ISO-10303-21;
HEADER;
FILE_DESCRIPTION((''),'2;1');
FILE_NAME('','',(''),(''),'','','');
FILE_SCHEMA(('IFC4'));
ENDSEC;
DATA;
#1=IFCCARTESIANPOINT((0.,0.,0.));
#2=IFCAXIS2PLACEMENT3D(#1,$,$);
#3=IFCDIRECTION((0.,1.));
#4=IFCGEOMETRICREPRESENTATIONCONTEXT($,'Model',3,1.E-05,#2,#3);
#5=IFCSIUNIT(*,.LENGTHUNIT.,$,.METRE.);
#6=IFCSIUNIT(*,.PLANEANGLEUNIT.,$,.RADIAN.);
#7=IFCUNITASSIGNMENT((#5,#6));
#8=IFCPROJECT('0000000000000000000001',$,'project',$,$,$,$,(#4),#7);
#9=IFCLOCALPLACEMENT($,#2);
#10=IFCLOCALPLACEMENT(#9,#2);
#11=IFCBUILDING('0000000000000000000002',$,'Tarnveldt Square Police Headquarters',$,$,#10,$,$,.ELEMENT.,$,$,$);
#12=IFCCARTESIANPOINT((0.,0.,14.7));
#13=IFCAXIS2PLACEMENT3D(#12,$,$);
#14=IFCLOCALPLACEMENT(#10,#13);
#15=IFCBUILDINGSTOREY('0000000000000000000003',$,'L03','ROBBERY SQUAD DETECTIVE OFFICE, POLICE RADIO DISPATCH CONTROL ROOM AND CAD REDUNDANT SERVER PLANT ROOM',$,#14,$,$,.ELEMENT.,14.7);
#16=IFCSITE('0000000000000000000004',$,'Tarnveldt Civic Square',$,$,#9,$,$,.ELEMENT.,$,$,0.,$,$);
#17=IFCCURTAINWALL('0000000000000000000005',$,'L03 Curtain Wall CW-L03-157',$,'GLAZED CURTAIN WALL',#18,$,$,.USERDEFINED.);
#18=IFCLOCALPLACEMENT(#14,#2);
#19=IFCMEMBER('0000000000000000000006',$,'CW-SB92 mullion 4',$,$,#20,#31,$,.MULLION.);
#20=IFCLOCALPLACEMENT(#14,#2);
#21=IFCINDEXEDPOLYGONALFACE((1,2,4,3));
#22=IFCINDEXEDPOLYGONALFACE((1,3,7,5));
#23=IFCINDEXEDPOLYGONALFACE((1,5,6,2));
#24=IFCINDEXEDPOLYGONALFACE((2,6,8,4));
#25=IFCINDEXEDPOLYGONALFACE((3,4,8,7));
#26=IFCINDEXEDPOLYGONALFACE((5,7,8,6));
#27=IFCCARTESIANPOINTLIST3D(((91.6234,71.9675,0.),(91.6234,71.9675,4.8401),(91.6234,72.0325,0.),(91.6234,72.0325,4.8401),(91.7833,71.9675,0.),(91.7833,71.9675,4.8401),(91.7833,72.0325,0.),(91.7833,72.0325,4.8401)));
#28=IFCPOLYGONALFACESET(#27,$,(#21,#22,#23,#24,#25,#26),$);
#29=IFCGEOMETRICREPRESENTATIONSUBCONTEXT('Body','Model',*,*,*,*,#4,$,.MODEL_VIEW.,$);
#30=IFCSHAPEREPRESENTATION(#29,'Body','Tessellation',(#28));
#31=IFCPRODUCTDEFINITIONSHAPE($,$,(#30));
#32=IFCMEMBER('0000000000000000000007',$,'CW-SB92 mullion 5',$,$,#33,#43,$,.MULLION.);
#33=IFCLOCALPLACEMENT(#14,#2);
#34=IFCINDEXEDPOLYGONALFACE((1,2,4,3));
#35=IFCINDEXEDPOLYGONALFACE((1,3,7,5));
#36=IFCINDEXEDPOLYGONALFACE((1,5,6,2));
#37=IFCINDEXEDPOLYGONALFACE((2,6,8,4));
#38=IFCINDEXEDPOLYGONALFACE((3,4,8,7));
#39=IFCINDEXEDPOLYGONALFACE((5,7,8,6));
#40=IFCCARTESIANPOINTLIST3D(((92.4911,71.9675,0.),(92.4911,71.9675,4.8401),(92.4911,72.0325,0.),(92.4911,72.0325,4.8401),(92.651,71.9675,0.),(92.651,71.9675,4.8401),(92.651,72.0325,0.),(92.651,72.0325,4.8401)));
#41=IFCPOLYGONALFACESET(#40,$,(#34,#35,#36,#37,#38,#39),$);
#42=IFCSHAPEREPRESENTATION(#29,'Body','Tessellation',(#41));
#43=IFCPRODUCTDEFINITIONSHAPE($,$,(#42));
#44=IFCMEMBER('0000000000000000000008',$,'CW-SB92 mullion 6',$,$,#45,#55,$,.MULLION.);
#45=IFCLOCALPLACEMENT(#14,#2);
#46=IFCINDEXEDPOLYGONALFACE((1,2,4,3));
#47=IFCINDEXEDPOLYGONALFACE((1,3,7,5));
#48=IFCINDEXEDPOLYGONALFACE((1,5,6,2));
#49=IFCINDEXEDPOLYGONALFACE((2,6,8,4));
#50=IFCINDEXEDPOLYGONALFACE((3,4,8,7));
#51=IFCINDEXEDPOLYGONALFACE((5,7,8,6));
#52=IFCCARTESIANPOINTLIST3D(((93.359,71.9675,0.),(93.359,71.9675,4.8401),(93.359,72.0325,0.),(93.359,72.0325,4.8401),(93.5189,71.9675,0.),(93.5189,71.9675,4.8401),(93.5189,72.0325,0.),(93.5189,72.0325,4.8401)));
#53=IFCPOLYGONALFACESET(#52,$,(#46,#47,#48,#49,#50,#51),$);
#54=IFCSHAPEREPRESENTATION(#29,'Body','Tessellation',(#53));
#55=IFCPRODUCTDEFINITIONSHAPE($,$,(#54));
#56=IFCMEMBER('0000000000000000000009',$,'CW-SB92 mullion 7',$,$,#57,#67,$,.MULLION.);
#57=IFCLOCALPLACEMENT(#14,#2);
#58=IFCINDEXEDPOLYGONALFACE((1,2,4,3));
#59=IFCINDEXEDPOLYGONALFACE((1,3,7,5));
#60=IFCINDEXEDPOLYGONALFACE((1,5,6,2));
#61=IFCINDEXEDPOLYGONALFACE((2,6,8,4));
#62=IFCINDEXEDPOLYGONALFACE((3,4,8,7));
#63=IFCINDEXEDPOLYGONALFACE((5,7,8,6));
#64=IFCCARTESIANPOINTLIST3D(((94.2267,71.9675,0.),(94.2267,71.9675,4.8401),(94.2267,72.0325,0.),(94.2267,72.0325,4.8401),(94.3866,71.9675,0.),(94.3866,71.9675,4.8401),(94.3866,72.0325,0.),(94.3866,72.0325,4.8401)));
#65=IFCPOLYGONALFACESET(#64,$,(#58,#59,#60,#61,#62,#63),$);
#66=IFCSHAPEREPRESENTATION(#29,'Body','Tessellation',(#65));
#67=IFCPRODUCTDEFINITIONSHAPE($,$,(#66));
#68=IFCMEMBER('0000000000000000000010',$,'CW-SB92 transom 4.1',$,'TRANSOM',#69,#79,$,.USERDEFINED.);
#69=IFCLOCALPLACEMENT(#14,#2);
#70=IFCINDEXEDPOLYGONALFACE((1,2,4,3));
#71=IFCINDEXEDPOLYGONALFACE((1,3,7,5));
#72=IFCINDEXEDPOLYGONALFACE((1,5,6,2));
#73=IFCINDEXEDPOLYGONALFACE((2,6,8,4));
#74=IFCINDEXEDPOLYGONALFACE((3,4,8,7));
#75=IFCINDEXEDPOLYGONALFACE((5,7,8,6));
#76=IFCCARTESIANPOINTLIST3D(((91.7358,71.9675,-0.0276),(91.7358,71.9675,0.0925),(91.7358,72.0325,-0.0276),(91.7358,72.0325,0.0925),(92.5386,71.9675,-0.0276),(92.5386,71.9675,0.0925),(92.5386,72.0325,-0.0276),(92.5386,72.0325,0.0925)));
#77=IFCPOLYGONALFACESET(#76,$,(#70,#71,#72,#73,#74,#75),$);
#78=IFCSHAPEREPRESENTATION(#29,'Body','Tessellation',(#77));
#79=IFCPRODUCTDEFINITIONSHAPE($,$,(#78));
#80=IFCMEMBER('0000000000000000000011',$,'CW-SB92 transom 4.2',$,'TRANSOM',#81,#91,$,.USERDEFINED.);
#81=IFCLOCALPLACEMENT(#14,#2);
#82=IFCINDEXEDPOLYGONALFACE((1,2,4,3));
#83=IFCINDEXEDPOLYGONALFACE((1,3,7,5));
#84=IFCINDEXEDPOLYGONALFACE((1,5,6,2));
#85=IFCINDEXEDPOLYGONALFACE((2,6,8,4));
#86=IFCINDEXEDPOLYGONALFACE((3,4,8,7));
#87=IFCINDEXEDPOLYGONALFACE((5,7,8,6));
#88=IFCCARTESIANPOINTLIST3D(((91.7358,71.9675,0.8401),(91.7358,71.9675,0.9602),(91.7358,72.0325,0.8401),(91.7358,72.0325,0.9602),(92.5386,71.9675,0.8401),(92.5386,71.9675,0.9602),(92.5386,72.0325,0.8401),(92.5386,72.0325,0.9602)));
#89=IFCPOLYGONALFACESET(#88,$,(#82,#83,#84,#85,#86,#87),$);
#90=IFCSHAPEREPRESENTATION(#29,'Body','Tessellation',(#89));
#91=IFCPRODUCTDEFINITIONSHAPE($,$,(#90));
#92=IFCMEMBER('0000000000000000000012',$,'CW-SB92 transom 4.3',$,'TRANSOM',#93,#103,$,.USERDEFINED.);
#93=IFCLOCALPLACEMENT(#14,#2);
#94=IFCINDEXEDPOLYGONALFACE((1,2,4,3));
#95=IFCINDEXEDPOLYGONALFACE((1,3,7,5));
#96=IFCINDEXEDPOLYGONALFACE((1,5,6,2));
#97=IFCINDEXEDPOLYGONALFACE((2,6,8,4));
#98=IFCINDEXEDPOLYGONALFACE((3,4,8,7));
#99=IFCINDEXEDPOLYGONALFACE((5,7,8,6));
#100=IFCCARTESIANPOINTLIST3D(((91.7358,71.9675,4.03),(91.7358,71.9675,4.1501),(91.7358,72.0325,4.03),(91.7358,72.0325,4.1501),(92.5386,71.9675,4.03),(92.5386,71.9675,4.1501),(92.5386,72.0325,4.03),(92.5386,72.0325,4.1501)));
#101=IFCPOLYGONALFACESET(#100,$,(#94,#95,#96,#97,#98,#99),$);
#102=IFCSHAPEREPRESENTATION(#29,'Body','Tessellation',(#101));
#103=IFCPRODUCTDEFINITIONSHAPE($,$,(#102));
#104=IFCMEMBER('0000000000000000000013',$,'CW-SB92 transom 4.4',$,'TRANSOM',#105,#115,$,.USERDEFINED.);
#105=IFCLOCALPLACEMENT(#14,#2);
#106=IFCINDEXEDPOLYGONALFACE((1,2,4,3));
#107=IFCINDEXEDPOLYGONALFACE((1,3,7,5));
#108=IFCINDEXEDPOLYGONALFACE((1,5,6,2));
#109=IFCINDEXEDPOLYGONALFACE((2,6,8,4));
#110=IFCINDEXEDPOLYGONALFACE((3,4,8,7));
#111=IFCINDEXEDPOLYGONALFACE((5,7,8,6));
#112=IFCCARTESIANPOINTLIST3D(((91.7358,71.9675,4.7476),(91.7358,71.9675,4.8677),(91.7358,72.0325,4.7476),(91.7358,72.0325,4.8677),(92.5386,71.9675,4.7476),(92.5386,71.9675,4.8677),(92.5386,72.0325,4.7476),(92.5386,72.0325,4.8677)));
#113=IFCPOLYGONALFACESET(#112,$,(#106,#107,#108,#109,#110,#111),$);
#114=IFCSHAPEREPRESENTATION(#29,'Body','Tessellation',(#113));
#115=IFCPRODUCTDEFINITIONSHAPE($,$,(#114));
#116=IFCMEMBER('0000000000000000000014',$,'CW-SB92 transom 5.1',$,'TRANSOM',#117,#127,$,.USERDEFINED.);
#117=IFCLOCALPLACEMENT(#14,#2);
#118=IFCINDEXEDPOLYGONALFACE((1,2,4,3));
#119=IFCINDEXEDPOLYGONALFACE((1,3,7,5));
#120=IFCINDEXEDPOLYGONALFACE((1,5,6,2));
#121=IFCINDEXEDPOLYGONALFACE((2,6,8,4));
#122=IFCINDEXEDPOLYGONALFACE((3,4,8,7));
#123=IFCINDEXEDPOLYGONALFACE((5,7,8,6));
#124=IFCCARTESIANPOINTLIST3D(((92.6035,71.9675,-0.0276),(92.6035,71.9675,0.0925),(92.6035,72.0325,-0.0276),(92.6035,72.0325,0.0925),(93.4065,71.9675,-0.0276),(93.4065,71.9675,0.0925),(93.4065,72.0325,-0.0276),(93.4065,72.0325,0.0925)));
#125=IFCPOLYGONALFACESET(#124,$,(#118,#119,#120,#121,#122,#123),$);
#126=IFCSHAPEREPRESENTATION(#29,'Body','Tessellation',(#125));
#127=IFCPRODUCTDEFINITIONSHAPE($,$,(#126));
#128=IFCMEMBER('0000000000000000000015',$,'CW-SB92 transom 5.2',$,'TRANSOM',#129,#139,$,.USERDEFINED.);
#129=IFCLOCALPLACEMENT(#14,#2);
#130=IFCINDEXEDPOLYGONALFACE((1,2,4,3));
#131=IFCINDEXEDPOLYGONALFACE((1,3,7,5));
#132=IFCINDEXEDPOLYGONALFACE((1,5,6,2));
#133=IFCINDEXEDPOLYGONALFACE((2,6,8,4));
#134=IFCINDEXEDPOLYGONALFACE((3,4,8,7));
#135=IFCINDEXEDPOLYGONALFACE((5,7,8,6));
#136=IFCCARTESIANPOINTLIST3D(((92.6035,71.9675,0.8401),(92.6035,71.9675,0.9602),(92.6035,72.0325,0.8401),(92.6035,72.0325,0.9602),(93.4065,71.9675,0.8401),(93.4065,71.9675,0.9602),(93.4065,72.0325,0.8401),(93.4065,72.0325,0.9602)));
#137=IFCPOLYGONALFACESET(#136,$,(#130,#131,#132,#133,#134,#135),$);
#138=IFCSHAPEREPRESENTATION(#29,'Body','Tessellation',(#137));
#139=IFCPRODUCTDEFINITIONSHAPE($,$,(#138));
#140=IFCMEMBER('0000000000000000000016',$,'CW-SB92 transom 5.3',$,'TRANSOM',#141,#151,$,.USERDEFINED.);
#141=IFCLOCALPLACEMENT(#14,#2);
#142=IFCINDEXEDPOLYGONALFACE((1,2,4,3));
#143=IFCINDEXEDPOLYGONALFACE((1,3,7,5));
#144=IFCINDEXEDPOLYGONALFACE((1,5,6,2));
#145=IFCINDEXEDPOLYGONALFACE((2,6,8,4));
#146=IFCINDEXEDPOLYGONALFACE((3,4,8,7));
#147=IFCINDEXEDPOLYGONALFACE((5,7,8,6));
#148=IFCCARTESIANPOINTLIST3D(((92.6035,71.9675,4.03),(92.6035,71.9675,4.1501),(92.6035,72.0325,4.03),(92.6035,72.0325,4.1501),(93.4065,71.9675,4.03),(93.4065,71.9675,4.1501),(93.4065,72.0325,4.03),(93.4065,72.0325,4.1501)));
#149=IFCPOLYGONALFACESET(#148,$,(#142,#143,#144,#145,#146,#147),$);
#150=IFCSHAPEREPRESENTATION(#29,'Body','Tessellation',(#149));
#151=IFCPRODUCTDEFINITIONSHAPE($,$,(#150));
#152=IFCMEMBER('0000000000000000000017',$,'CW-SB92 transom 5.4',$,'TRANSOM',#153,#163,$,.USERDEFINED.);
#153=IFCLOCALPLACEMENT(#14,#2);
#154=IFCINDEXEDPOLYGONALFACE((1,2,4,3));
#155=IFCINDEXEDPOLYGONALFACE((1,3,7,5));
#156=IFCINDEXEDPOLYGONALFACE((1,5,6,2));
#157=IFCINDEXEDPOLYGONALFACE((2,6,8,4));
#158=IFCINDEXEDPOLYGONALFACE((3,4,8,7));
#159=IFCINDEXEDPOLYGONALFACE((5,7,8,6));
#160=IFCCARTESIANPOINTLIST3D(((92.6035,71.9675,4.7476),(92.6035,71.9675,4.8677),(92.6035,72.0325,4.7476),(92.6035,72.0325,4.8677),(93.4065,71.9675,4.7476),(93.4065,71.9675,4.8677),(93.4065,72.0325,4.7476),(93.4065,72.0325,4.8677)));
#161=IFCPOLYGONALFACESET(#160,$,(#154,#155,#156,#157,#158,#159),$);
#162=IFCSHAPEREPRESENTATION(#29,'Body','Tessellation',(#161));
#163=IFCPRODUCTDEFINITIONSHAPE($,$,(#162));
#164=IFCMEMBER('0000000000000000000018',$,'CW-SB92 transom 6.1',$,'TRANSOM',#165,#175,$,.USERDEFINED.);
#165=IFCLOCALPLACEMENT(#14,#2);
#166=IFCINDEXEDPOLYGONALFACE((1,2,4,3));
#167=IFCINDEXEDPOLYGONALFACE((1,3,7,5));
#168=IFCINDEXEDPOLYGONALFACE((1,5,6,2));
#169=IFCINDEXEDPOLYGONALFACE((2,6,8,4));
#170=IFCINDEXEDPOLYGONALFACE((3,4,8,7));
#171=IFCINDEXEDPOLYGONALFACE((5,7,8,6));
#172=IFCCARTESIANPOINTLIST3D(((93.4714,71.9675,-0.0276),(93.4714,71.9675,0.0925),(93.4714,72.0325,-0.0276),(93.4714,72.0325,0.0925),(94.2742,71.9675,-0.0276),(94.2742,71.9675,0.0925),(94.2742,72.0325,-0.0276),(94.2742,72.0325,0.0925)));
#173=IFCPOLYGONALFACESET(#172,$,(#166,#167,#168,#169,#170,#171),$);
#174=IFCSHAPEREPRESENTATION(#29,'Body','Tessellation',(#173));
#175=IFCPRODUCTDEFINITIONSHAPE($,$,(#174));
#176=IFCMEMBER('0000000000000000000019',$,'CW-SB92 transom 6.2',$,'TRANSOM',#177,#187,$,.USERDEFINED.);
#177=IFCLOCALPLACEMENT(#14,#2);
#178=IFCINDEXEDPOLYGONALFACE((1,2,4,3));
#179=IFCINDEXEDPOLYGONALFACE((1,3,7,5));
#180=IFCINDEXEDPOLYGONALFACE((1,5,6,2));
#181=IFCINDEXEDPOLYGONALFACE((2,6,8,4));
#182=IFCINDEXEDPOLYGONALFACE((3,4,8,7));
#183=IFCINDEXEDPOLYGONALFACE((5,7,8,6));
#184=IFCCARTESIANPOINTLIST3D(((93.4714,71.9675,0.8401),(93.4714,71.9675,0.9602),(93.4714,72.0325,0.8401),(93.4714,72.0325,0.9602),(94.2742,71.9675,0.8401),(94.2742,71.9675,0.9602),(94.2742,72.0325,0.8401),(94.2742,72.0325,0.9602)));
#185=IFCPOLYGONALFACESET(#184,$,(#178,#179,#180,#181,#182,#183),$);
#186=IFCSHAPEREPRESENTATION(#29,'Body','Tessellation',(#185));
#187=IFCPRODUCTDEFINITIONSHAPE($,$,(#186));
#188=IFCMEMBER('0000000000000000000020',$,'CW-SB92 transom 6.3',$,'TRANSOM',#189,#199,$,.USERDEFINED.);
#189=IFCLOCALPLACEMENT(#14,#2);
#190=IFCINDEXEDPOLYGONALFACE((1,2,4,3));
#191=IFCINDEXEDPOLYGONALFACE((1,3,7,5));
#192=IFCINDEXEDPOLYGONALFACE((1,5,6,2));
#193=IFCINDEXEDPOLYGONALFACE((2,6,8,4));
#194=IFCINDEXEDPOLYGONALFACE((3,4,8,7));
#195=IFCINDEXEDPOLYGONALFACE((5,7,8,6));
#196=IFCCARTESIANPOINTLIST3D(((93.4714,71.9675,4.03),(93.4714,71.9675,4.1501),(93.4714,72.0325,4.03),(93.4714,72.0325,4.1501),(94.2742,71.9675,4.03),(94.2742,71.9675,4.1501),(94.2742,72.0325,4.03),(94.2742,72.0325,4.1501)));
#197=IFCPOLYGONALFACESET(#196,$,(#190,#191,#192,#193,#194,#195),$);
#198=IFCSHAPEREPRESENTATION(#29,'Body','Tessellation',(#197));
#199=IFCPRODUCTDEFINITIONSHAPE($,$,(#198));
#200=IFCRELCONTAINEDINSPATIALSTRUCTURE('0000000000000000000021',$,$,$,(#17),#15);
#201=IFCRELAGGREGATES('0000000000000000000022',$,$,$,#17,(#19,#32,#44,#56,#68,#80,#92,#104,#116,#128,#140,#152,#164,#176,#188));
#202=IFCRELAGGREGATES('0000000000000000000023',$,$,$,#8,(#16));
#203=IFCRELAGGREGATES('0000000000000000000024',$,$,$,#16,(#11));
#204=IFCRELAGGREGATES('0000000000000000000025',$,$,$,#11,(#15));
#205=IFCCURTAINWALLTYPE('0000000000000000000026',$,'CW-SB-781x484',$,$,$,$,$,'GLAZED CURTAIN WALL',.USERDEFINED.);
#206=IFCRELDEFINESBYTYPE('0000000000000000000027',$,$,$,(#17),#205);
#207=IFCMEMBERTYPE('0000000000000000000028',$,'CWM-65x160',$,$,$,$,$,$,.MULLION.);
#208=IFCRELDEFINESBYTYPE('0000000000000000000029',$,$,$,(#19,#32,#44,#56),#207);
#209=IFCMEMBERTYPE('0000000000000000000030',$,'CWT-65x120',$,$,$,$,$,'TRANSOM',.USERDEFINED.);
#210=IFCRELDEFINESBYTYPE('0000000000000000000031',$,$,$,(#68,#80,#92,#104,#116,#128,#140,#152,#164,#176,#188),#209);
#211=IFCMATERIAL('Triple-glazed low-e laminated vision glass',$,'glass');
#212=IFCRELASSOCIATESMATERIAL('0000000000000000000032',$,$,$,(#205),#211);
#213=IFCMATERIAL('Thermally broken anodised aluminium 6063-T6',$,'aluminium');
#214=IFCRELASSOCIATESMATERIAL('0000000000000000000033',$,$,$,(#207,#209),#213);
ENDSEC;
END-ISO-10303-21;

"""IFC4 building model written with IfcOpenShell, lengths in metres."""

from ifc_helpers import new_model, si_unit, direction, frame, origin, origin_2d, place, context, subcontext, project, spatial, rectangle, extrude, material, material_profile, profile_set, type_object, element, aggregate, save


model = new_model("IFC4")

# Units and contexts
model_context = context("Model", 3, precision=1e-05, world=origin(), true_north=direction((0.0, 1.0)))
body_context = subcontext(model_context, "Body", "Model", "MODEL_VIEW")
ifc_project = project(units=[si_unit("LENGTHUNIT", "METRE"), si_unit("PLANEANGLEUNIT", "RADIAN")], contexts=[model_context])

# Site, building, storey
site_placement = place(None, origin())
site = spatial("IfcSite", under=ifc_project, at=site_placement, Name="Tarnveldt Civic Square", CompositionType="ELEMENT", RefElevation=0.0)
building_placement = place(site_placement, origin())
building = spatial("IfcBuilding", under=site, at=building_placement, Name="Tarnveldt Square Police Headquarters", CompositionType="ELEMENT")
storey_placement = place(building_placement, frame((0.0, 0.0, 14.7)))
storey = spatial("IfcBuildingStorey", under=building, at=storey_placement, Name="L03", Description="ROBBERY SQUAD DETECTIVE OFFICE, POLICE RADIO DISPATCH CONTROL ROOM AND CAD REDUNDANT SERVER PLANT ROOM", CompositionType="ELEMENT", Elevation=14.7)

# Curtain wall, members
ifc_material_1 = material(Name="Triple-glazed low-e laminated vision glass", Category="glass")
curtain_wall_type = type_object("IfcCurtainWallType", Name="CW-SB-781x484", ElementType="GLAZED CURTAIN WALL", PredefinedType="USERDEFINED", material=ifc_material_1)
curtain_wall_placement = place(storey_placement, origin())
curtain_wall = element("IfcCurtainWall", 1, at=curtain_wall_placement, inside=storey, type_object=curtain_wall_type, Name="L03 Curtain Wall CW-L03-157", ObjectType="GLAZED CURTAIN WALL", PredefinedType="USERDEFINED")
ifc_material_2 = material(Name="Thermally broken anodised aluminium 6063-T6", Category="aluminium")
ifc_material_profile_1 = material_profile(ifc_material_2, rectangle(XDim=0.0649, YDim=0.1599, at=origin_2d()), Name="CW-M65x160")
ifc_profile_set_1 = profile_set([ifc_material_profile_1], Name="Thermally broken anodised aluminium 6063-T6")
member_type_1 = type_object("IfcMemberType", Name="CWM-65x160", PredefinedType="MULLION", material=ifc_profile_set_1)
member_1_placement = place(storey_placement, frame((91.7034, 72.0, 0.0), z_axis=(0.0, 0.0, 1.0), x_axis=(0.0, 1.0, 0.0)))
member_1 = element("IfcMember", 2, at=member_1_placement, type_object=member_type_1, Name="CW-SB92 mullion 4", PredefinedType="MULLION", context=body_context, shape_type="SweptSolid", body=[
    extrude(rectangle(XDim=0.0649, YDim=0.1599, at=origin_2d()), origin(), (0.0, 0.0, 1.0), 4.8401),
])
member_2_placement = place(storey_placement, frame((92.571, 72.0, 0.0), z_axis=(0.0, 0.0, 1.0), x_axis=(0.0, 1.0, 0.0)))
member_2 = element("IfcMember", 3, at=member_2_placement, type_object=member_type_1, Name="CW-SB92 mullion 5", PredefinedType="MULLION", context=body_context, shape_type="SweptSolid", body=[
    extrude(rectangle(XDim=0.0649, YDim=0.1599, at=origin_2d()), origin(), (0.0, 0.0, 1.0), 4.8401),
])
member_3_placement = place(storey_placement, frame((93.439, 72.0, 0.0), z_axis=(0.0, 0.0, 1.0), x_axis=(0.0, 1.0, 0.0)))
member_3 = element("IfcMember", 4, at=member_3_placement, type_object=member_type_1, Name="CW-SB92 mullion 6", PredefinedType="MULLION", context=body_context, shape_type="SweptSolid", body=[
    extrude(rectangle(XDim=0.0649, YDim=0.1599, at=origin_2d()), origin(), (0.0, 0.0, 1.0), 4.8401),
])
member_4_placement = place(storey_placement, frame((94.3066, 72.0, 0.0), z_axis=(0.0, 0.0, 1.0), x_axis=(0.0, 1.0, 0.0)))
member_4 = element("IfcMember", 5, at=member_4_placement, type_object=member_type_1, Name="CW-SB92 mullion 7", PredefinedType="MULLION", context=body_context, shape_type="SweptSolid", body=[
    extrude(rectangle(XDim=0.0649, YDim=0.1599, at=origin_2d()), origin(), (0.0, 0.0, 1.0), 4.8401),
])
ifc_material_profile_2 = material_profile(ifc_material_2, rectangle(XDim=0.0649, YDim=0.1201, at=origin_2d()), Name="CW-T65x120")
ifc_profile_set_2 = profile_set([ifc_material_profile_2], Name="Thermally broken anodised aluminium 6063-T6")
member_type_2 = type_object("IfcMemberType", Name="CWT-65x120", ElementType="TRANSOM", PredefinedType="USERDEFINED", material=ifc_profile_set_2)
member_5_placement = place(storey_placement, frame((91.7358, 72.0, 0.0325), z_axis=(1.0, 0.0, 0.0), x_axis=(0.0, 1.0, 0.0)))
member_5 = element("IfcMember", 6, at=member_5_placement, type_object=member_type_2, Name="CW-SB92 transom 4.1", ObjectType="TRANSOM", PredefinedType="USERDEFINED", context=body_context, shape_type="SweptSolid", body=[
    extrude(rectangle(XDim=0.0649, YDim=0.1201, at=origin_2d()), origin(), (0.0, 0.0, 1.0), 0.8027),
])
member_6_placement = place(storey_placement, frame((91.7358, 72.0, 0.9001), z_axis=(1.0, 0.0, 0.0), x_axis=(0.0, 1.0, 0.0)))
member_6 = element("IfcMember", 7, at=member_6_placement, type_object=member_type_2, Name="CW-SB92 transom 4.2", ObjectType="TRANSOM", PredefinedType="USERDEFINED", context=body_context, shape_type="SweptSolid", body=[
    extrude(rectangle(XDim=0.0649, YDim=0.1201, at=origin_2d()), origin(), (0.0, 0.0, 1.0), 0.8027),
])
member_7_placement = place(storey_placement, frame((91.7358, 72.0, 4.0901), z_axis=(1.0, 0.0, 0.0), x_axis=(0.0, 1.0, 0.0)))
member_7 = element("IfcMember", 8, at=member_7_placement, type_object=member_type_2, Name="CW-SB92 transom 4.3", ObjectType="TRANSOM", PredefinedType="USERDEFINED", context=body_context, shape_type="SweptSolid", body=[
    extrude(rectangle(XDim=0.0649, YDim=0.1201, at=origin_2d()), origin(), (0.0, 0.0, 1.0), 0.8027),
])
member_8_placement = place(storey_placement, frame((91.7358, 72.0, 4.8076), z_axis=(1.0, 0.0, 0.0), x_axis=(0.0, 1.0, 0.0)))
member_8 = element("IfcMember", 9, at=member_8_placement, type_object=member_type_2, Name="CW-SB92 transom 4.4", ObjectType="TRANSOM", PredefinedType="USERDEFINED", context=body_context, shape_type="SweptSolid", body=[
    extrude(rectangle(XDim=0.0649, YDim=0.1201, at=origin_2d()), origin(), (0.0, 0.0, 1.0), 0.8027),
])
member_9_placement = place(storey_placement, frame((92.6035, 72.0, 0.0325), z_axis=(1.0, 0.0, 0.0), x_axis=(0.0, 1.0, 0.0)))
member_9 = element("IfcMember", 10, at=member_9_placement, type_object=member_type_2, Name="CW-SB92 transom 5.1", ObjectType="TRANSOM", PredefinedType="USERDEFINED", context=body_context, shape_type="SweptSolid", body=[
    extrude(rectangle(XDim=0.0649, YDim=0.1201, at=origin_2d()), origin(), (0.0, 0.0, 1.0), 0.803),
])
member_10_placement = place(storey_placement, frame((92.6035, 72.0, 0.9001), z_axis=(1.0, 0.0, 0.0), x_axis=(0.0, 1.0, 0.0)))
member_10 = element("IfcMember", 11, at=member_10_placement, type_object=member_type_2, Name="CW-SB92 transom 5.2", ObjectType="TRANSOM", PredefinedType="USERDEFINED", context=body_context, shape_type="SweptSolid", body=[
    extrude(rectangle(XDim=0.0649, YDim=0.1201, at=origin_2d()), origin(), (0.0, 0.0, 1.0), 0.803),
])
member_11_placement = place(storey_placement, frame((92.6035, 72.0, 4.0901), z_axis=(1.0, 0.0, 0.0), x_axis=(0.0, 1.0, 0.0)))
member_11 = element("IfcMember", 12, at=member_11_placement, type_object=member_type_2, Name="CW-SB92 transom 5.3", ObjectType="TRANSOM", PredefinedType="USERDEFINED", context=body_context, shape_type="SweptSolid", body=[
    extrude(rectangle(XDim=0.0649, YDim=0.1201, at=origin_2d()), origin(), (0.0, 0.0, 1.0), 0.803),
])
member_12_placement = place(storey_placement, frame((92.6035, 72.0, 4.8076), z_axis=(1.0, 0.0, 0.0), x_axis=(0.0, 1.0, 0.0)))
member_12 = element("IfcMember", 13, at=member_12_placement, type_object=member_type_2, Name="CW-SB92 transom 5.4", ObjectType="TRANSOM", PredefinedType="USERDEFINED", context=body_context, shape_type="SweptSolid", body=[
    extrude(rectangle(XDim=0.0649, YDim=0.1201, at=origin_2d()), origin(), (0.0, 0.0, 1.0), 0.803),
])
member_13_placement = place(storey_placement, frame((93.4714, 72.0, 0.0325), z_axis=(1.0, 0.0, 0.0), x_axis=(0.0, 1.0, 0.0)))
member_13 = element("IfcMember", 14, at=member_13_placement, type_object=member_type_2, Name="CW-SB92 transom 6.1", ObjectType="TRANSOM", PredefinedType="USERDEFINED", context=body_context, shape_type="SweptSolid", body=[
    extrude(rectangle(XDim=0.0649, YDim=0.1201, at=origin_2d()), origin(), (0.0, 0.0, 1.0), 0.8027),
])
member_14_placement = place(storey_placement, frame((93.4714, 72.0, 0.9001), z_axis=(1.0, 0.0, 0.0), x_axis=(0.0, 1.0, 0.0)))
member_14 = element("IfcMember", 15, at=member_14_placement, type_object=member_type_2, Name="CW-SB92 transom 6.2", ObjectType="TRANSOM", PredefinedType="USERDEFINED", context=body_context, shape_type="SweptSolid", body=[
    extrude(rectangle(XDim=0.0649, YDim=0.1201, at=origin_2d()), origin(), (0.0, 0.0, 1.0), 0.8027),
])
member_15_placement = place(storey_placement, frame((93.4714, 72.0, 4.0901), z_axis=(1.0, 0.0, 0.0), x_axis=(0.0, 1.0, 0.0)))
member_15 = element("IfcMember", 16, at=member_15_placement, type_object=member_type_2, Name="CW-SB92 transom 6.3", ObjectType="TRANSOM", PredefinedType="USERDEFINED", context=body_context, shape_type="SweptSolid", body=[
    extrude(rectangle(XDim=0.0649, YDim=0.1201, at=origin_2d()), origin(), (0.0, 0.0, 1.0), 0.8027),
])
aggregate(curtain_wall, [member_1, member_2, member_3, member_4, member_5, member_6, member_7, member_8, member_9, member_10, member_11, member_12, member_13, member_14, member_15])

save(model, "model.ifc")
